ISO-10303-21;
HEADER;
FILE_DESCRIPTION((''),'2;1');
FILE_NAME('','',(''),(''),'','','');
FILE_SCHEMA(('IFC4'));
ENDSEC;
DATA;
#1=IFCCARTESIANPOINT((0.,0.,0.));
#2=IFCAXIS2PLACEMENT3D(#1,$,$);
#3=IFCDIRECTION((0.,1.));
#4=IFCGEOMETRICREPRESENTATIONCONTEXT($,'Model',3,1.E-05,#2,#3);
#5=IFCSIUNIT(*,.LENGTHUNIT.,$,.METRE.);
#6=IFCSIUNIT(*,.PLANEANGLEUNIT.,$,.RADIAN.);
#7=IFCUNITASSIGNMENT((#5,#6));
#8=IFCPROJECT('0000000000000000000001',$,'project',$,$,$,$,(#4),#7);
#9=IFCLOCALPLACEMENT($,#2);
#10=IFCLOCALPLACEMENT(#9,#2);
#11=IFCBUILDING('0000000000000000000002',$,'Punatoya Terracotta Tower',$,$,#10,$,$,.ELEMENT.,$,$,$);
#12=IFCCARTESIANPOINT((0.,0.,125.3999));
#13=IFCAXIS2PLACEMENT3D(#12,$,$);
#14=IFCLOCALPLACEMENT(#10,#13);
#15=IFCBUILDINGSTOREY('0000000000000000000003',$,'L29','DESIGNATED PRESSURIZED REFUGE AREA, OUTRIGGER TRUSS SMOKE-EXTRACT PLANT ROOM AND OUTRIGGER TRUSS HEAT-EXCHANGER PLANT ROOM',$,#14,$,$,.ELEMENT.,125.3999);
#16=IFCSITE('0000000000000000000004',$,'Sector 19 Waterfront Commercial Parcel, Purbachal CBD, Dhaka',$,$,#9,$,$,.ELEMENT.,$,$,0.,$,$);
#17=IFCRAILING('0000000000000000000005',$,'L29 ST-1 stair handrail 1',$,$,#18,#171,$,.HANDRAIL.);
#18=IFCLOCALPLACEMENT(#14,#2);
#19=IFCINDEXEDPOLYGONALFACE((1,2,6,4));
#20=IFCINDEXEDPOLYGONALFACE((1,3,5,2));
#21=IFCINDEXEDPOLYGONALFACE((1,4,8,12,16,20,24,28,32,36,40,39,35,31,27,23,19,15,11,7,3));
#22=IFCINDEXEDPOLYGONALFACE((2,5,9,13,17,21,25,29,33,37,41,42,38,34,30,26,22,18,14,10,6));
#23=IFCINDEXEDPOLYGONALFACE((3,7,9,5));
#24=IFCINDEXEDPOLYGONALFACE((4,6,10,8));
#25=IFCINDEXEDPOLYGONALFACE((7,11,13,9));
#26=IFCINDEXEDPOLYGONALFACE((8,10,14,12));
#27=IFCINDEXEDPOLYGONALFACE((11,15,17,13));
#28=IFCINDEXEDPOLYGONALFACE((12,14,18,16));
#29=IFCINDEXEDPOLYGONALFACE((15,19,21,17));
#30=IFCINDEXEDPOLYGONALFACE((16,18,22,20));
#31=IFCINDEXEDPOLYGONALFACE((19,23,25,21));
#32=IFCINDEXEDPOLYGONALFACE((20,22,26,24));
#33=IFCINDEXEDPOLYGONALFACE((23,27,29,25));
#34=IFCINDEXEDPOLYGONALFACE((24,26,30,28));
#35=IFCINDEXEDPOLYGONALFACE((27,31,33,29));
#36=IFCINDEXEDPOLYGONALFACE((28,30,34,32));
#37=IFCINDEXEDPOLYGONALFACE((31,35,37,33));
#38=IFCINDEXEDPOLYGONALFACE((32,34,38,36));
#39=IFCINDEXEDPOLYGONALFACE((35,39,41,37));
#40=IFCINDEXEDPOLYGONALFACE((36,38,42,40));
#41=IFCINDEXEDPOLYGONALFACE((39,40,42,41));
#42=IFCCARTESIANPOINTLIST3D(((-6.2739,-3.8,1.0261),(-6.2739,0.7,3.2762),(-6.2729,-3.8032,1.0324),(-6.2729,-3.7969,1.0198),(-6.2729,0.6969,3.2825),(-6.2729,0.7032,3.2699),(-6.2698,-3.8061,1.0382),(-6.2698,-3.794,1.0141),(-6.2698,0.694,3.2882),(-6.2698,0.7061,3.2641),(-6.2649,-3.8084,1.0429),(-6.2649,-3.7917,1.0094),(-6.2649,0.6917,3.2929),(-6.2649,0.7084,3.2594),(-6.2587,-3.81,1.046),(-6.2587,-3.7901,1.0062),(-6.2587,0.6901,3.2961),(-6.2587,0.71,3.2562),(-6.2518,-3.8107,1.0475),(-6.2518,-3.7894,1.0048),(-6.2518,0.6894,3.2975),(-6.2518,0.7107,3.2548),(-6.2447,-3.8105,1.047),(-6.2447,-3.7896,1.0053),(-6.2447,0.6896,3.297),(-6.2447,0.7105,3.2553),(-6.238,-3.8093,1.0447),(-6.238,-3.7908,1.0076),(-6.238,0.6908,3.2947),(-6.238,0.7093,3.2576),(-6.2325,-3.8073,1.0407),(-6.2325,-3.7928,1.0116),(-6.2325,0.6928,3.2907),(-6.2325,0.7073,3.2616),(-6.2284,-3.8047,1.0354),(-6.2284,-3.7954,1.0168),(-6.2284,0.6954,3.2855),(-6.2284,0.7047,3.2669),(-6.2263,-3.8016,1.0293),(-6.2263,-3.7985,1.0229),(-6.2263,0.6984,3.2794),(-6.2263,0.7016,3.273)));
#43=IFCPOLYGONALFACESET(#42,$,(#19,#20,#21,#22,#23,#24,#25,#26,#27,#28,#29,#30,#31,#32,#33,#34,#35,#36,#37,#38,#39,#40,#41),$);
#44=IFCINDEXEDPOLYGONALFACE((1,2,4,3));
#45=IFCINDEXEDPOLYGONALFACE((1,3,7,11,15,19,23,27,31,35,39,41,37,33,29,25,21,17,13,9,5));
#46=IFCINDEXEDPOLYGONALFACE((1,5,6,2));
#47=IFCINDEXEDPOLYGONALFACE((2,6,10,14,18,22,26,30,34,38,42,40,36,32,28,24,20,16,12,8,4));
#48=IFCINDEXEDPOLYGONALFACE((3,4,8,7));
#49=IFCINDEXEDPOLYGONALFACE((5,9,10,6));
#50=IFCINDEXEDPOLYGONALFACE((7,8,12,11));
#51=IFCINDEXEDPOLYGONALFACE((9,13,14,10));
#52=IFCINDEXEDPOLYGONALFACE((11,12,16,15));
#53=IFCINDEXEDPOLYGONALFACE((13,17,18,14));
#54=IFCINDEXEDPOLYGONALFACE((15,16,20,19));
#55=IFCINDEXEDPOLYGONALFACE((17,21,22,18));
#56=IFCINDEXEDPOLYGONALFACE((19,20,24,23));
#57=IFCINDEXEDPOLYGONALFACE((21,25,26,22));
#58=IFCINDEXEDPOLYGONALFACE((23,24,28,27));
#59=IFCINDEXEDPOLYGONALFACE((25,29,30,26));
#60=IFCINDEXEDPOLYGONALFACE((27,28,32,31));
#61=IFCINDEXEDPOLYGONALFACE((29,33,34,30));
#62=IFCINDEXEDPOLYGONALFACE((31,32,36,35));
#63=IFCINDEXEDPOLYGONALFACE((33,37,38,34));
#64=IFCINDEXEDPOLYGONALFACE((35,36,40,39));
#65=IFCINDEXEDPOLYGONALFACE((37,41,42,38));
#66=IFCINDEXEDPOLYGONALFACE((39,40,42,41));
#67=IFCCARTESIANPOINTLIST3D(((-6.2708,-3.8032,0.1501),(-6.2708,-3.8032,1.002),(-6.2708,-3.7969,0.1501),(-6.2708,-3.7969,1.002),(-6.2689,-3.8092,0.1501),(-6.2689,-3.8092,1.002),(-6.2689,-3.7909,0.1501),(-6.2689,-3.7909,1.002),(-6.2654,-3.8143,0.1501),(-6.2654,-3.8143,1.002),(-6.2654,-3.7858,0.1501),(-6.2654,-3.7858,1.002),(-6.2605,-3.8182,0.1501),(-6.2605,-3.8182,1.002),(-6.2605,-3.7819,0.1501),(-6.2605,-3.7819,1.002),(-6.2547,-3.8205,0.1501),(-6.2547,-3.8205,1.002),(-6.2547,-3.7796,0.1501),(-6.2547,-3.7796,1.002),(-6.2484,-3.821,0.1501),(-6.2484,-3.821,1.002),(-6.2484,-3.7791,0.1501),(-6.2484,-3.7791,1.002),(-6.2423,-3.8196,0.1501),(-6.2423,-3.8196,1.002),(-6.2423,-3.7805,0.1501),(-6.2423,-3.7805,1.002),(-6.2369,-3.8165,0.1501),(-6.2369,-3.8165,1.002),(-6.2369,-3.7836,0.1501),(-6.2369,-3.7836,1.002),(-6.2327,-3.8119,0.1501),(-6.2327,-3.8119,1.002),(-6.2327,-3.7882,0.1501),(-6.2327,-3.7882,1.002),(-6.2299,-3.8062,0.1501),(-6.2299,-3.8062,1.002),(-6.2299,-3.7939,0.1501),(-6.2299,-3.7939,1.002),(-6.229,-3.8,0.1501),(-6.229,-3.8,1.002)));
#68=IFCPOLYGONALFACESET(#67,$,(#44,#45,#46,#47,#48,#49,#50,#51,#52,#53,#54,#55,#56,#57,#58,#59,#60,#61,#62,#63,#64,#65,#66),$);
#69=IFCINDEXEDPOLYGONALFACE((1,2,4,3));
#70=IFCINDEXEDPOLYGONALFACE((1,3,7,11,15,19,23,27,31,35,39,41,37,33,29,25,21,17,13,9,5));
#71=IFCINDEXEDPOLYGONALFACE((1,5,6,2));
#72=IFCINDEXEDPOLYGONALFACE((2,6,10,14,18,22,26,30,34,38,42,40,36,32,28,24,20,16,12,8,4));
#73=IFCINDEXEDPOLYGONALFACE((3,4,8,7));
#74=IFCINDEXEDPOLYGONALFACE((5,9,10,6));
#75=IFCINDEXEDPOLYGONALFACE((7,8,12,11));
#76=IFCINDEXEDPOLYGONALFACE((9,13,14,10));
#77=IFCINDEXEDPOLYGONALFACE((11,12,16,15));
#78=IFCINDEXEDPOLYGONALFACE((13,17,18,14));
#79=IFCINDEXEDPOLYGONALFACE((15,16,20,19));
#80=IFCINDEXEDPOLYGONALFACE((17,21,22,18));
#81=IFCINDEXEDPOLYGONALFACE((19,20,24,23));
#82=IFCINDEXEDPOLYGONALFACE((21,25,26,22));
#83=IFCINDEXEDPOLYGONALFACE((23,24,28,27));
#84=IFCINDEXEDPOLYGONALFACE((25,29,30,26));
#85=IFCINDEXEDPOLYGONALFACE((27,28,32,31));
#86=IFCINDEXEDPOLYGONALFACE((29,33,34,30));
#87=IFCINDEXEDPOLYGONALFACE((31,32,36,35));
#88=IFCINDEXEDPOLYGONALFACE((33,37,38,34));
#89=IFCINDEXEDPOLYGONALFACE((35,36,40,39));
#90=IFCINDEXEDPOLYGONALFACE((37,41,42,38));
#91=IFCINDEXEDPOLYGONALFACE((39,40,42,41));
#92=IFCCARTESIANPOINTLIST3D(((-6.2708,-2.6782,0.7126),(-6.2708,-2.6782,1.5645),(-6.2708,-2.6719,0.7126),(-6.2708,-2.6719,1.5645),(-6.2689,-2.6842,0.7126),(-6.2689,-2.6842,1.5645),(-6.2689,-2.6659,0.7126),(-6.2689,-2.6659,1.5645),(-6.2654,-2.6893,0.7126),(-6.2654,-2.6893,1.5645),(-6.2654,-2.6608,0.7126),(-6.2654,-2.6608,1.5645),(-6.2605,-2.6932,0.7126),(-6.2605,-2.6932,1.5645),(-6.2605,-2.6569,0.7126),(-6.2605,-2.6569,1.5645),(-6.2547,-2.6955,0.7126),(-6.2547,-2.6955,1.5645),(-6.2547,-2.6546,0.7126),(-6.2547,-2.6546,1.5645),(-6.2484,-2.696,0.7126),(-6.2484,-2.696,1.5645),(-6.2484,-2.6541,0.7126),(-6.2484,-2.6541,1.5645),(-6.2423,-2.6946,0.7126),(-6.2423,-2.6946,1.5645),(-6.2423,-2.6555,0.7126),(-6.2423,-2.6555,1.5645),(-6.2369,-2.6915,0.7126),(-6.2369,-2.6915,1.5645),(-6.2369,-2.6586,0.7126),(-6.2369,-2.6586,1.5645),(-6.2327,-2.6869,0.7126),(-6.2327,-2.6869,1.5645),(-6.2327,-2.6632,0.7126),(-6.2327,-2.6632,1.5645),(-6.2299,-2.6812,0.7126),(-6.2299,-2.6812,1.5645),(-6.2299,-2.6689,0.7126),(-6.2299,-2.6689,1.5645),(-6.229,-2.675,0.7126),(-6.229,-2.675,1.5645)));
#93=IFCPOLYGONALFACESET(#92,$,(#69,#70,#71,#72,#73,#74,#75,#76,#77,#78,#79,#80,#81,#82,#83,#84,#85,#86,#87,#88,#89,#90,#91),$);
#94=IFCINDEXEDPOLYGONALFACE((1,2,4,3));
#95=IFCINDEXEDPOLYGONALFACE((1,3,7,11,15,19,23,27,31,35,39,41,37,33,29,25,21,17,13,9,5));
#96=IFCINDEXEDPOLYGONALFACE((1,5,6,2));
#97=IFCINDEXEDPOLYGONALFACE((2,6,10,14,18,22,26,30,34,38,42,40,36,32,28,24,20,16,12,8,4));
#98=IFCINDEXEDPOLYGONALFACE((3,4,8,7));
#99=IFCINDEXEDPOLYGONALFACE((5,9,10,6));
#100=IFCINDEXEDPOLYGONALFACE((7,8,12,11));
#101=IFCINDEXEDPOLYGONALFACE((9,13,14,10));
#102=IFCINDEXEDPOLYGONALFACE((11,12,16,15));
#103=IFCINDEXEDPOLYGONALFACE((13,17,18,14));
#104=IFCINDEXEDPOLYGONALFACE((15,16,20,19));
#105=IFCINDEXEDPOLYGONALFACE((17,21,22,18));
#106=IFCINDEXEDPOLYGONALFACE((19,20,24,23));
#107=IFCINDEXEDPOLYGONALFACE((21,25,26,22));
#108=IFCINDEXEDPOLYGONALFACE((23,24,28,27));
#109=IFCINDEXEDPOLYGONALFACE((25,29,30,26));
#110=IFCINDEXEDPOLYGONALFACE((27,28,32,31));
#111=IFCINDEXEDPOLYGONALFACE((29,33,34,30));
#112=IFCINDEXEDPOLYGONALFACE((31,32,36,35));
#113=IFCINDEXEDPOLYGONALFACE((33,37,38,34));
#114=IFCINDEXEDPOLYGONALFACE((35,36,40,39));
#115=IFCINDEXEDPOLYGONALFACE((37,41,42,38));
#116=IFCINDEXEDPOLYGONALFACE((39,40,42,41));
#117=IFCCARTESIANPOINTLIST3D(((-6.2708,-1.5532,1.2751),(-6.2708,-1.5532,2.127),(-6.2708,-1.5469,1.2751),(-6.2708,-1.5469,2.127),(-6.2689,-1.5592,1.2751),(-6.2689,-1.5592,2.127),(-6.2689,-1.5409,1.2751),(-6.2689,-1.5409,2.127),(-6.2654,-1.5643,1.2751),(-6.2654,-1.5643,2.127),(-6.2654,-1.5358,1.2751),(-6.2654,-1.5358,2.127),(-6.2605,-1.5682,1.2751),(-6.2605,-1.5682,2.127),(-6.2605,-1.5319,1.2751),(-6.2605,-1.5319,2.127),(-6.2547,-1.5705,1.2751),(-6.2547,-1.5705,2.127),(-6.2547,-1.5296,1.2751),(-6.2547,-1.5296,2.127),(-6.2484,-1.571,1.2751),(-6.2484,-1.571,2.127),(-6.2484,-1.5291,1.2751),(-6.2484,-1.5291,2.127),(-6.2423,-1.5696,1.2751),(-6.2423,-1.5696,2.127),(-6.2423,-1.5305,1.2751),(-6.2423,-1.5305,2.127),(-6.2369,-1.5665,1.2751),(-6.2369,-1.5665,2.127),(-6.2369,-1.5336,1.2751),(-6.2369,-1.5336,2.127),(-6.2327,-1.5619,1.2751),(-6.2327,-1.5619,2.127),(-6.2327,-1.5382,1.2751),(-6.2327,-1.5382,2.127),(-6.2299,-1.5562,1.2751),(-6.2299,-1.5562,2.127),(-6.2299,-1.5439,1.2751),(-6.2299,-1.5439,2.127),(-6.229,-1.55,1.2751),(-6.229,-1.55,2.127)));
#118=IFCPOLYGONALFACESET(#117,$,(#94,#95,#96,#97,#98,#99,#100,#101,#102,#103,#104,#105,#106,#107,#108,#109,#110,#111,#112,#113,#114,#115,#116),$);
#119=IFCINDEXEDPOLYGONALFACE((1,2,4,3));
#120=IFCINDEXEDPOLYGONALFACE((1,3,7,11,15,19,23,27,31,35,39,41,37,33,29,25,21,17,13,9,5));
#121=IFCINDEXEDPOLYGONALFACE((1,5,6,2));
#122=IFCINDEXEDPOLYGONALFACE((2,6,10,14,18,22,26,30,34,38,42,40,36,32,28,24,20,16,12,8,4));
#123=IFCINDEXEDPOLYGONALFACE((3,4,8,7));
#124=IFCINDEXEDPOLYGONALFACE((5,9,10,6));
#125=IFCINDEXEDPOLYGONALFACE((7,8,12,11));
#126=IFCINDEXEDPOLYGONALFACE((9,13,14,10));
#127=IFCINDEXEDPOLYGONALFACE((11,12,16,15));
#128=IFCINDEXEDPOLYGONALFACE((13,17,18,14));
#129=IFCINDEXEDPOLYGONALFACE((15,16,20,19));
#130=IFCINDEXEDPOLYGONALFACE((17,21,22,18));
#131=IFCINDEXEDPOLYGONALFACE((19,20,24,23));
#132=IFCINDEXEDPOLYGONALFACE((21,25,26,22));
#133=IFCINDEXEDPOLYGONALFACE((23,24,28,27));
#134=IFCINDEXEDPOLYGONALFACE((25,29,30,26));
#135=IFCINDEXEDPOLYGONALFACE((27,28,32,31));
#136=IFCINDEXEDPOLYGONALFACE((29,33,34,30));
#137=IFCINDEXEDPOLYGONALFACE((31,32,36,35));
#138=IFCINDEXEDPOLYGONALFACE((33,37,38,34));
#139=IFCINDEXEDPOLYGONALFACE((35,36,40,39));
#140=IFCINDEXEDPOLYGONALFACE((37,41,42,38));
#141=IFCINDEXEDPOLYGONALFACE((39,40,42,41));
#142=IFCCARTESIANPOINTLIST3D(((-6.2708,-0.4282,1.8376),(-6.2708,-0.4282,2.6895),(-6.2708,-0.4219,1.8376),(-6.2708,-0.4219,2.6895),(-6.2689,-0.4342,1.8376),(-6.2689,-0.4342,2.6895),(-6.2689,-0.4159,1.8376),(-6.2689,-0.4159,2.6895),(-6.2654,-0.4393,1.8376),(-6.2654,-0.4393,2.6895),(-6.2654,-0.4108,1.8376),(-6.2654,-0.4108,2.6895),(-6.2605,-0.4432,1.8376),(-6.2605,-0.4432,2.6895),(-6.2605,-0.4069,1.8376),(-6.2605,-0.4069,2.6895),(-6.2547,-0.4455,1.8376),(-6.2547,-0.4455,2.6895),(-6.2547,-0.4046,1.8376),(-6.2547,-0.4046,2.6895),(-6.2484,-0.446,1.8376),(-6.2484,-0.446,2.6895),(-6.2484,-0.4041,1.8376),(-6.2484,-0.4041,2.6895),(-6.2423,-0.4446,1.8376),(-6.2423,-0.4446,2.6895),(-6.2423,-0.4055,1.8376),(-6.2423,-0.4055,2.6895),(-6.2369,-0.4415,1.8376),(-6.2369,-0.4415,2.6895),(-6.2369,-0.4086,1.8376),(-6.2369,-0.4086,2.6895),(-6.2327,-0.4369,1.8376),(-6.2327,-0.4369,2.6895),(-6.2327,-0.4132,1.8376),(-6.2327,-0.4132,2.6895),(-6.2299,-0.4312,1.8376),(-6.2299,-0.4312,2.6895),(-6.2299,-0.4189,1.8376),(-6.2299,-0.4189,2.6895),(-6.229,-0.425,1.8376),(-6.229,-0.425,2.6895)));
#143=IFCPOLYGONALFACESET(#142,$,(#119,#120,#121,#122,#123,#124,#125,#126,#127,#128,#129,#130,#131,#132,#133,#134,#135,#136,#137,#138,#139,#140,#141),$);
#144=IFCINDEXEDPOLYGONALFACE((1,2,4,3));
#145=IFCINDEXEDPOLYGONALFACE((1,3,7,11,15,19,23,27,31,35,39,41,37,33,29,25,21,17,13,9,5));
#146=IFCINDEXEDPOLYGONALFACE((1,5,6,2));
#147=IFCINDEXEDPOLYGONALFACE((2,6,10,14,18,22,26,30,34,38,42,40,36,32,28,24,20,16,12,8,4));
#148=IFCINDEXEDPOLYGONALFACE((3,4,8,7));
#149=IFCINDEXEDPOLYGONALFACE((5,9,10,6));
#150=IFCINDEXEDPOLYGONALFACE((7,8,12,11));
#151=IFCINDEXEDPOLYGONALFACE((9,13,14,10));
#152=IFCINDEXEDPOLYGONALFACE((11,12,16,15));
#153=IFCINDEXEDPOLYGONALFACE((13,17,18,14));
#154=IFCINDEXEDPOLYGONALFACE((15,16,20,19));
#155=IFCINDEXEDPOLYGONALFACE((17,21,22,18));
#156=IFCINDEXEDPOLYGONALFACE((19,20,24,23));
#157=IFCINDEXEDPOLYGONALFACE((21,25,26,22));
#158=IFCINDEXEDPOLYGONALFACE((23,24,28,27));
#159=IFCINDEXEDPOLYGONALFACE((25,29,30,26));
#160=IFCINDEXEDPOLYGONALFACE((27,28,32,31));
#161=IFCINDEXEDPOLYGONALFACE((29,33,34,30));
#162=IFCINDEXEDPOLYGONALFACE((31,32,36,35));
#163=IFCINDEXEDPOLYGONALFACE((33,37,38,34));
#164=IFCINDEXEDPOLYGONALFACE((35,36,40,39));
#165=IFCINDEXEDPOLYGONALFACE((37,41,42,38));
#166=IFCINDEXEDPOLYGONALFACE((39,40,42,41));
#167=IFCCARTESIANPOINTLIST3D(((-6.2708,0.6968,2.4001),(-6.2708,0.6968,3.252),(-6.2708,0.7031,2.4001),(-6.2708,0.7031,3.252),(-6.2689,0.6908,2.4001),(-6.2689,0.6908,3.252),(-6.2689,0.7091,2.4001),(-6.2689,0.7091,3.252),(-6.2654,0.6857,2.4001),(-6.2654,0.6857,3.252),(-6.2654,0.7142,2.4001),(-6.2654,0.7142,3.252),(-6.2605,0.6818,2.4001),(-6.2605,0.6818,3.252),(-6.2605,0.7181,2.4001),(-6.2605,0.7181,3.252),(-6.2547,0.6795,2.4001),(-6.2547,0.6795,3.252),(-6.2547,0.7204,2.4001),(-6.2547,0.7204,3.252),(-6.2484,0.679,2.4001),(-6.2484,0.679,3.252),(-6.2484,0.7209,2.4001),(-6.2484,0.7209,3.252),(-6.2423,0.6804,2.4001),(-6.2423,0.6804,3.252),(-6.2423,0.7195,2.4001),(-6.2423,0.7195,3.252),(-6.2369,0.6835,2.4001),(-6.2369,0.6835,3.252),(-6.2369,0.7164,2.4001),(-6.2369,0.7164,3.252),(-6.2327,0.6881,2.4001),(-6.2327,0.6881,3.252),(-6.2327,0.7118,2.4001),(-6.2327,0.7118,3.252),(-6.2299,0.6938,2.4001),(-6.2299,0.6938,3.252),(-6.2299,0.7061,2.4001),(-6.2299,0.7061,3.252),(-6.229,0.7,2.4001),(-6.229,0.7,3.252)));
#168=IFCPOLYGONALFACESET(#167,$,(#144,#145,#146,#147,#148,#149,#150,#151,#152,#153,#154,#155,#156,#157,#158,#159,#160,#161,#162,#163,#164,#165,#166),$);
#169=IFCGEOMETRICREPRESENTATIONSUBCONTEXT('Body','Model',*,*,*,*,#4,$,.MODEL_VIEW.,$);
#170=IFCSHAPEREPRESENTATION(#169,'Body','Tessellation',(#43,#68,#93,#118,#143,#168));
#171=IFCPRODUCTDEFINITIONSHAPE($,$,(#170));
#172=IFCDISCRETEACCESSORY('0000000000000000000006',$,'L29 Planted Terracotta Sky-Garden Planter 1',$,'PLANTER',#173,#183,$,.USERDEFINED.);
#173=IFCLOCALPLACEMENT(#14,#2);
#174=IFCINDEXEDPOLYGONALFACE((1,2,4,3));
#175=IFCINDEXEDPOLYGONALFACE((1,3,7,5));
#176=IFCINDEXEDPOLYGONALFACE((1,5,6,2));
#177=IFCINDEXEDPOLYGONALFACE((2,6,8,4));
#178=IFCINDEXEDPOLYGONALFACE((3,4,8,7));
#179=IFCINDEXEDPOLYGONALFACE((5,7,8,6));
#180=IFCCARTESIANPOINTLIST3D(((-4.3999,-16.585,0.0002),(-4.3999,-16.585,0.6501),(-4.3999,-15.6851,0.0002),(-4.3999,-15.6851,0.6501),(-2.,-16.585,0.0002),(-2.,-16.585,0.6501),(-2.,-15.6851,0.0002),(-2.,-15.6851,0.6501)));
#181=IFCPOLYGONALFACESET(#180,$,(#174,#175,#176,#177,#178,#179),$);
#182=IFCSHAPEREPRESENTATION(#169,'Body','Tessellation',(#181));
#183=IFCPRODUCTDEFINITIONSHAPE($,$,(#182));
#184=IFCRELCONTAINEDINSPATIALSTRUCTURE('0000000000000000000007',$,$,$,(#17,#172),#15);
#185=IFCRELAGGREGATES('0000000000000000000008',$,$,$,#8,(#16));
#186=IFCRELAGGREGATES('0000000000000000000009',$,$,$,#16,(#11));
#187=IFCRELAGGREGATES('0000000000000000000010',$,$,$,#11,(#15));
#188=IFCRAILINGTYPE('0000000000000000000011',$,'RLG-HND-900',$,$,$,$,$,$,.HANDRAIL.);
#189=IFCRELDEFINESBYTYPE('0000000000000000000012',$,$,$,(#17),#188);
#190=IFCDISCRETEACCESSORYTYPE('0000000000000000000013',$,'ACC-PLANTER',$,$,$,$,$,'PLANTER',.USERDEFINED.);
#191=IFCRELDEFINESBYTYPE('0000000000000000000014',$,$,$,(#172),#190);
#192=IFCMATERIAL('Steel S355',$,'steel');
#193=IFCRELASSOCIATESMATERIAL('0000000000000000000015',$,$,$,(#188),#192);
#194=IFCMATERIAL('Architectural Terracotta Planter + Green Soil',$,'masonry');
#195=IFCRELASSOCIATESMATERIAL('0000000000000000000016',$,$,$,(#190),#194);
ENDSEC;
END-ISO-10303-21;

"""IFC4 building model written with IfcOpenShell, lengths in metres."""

from ifc_helpers import new_model, si_unit, direction, frame, origin, origin_2d, place, context, subcontext, project, spatial, rectangle, circle, extrude, material, type_object, element, save


model = new_model("IFC4")

# Units and contexts
model_context = context("Model", 3, precision=1e-05, world=origin(), true_north=direction((0.0, 1.0)))
body_context = subcontext(model_context, "Body", "Model", "MODEL_VIEW")
ifc_project = project(units=[si_unit("LENGTHUNIT", "METRE"), si_unit("PLANEANGLEUNIT", "RADIAN")], contexts=[model_context])

# Site, building, storey
site_placement = place(None, origin())
site = spatial("IfcSite", under=ifc_project, at=site_placement, Name="Sector 19 Waterfront Commercial Parcel, Purbachal CBD, Dhaka", CompositionType="ELEMENT", RefElevation=0.0)
building_placement = place(site_placement, origin())
building = spatial("IfcBuilding", under=site, at=building_placement, Name="Punatoya Terracotta Tower", CompositionType="ELEMENT")
storey_placement = place(building_placement, frame((0.0, 0.0, 125.3999)))
storey = spatial("IfcBuildingStorey", under=building, at=storey_placement, Name="L29", Description="DESIGNATED PRESSURIZED REFUGE AREA, OUTRIGGER TRUSS SMOKE-EXTRACT PLANT ROOM AND OUTRIGGER TRUSS HEAT-EXCHANGER PLANT ROOM", CompositionType="ELEMENT", Elevation=125.3999)

# Railing
ifc_material_1 = material(Name="Steel S355", Category="steel")
railing_type_1 = type_object("IfcRailingType", Name="RLG-HND-900", PredefinedType="HANDRAIL", material=ifc_material_1)
railing_1_placement = place(storey_placement, frame((-6.25, -3.8, 0.1501)))
element("IfcRailing", 1, at=railing_1_placement, inside=storey, type_object=railing_type_1, Name="L29 ST-1 stair handrail 1", PredefinedType="HANDRAIL", context=body_context, shape_type="SweptSolid", body=[
    extrude(circle(Radius=0.0239, at=origin_2d()), frame((0.0, 0.0, 0.876), z_axis=(0.0, 0.894427, 0.447214), x_axis=(-1.0, 0.0, 0.0)), (0.0, 0.0, 1.0), 5.0312),
    extrude(circle(Radius=0.021, at=origin_2d()), origin(), (0.0, 0.0, 1.0), 0.8518),
    extrude(circle(Radius=0.021, at=origin_2d()), frame((0.0, 1.125, 0.5625)), (0.0, 0.0, 1.0), 0.8518),
    extrude(circle(Radius=0.021, at=origin_2d()), frame((0.0, 2.25, 1.125)), (0.0, 0.0, 1.0), 0.8518),
    extrude(circle(Radius=0.021, at=origin_2d()), frame((0.0, 3.375, 1.6875)), (0.0, 0.0, 1.0), 0.8518),
    extrude(circle(Radius=0.021, at=origin_2d()), frame((0.0, 4.5, 2.25)), (0.0, 0.0, 1.0), 0.8518),
])

# Discrete accessory
ifc_material_2 = material(Name="Architectural Terracotta Planter + Green Soil", Category="masonry")
discrete_accessory_type = type_object("IfcDiscreteAccessoryType", Name="ACC-PLANTER", ElementType="PLANTER", PredefinedType="USERDEFINED", material=ifc_material_2)
discrete_accessory_placement = place(storey_placement, frame((-3.2, -16.135, 0.0002), z_axis=(0.0, 0.0, 1.0), x_axis=(1.0, 0.0, 0.0)))
element("IfcDiscreteAccessory", 2, at=discrete_accessory_placement, inside=storey, type_object=discrete_accessory_type, Name="L29 Planted Terracotta Sky-Garden Planter 1", ObjectType="PLANTER", PredefinedType="USERDEFINED", context=body_context, shape_type="SweptSolid", body=[
    extrude(rectangle(XDim=2.3999, YDim=0.8999, at=origin_2d()), origin(), (0.0, 0.0, 1.0), 0.6499),
])

save(model, "model.ifc")
